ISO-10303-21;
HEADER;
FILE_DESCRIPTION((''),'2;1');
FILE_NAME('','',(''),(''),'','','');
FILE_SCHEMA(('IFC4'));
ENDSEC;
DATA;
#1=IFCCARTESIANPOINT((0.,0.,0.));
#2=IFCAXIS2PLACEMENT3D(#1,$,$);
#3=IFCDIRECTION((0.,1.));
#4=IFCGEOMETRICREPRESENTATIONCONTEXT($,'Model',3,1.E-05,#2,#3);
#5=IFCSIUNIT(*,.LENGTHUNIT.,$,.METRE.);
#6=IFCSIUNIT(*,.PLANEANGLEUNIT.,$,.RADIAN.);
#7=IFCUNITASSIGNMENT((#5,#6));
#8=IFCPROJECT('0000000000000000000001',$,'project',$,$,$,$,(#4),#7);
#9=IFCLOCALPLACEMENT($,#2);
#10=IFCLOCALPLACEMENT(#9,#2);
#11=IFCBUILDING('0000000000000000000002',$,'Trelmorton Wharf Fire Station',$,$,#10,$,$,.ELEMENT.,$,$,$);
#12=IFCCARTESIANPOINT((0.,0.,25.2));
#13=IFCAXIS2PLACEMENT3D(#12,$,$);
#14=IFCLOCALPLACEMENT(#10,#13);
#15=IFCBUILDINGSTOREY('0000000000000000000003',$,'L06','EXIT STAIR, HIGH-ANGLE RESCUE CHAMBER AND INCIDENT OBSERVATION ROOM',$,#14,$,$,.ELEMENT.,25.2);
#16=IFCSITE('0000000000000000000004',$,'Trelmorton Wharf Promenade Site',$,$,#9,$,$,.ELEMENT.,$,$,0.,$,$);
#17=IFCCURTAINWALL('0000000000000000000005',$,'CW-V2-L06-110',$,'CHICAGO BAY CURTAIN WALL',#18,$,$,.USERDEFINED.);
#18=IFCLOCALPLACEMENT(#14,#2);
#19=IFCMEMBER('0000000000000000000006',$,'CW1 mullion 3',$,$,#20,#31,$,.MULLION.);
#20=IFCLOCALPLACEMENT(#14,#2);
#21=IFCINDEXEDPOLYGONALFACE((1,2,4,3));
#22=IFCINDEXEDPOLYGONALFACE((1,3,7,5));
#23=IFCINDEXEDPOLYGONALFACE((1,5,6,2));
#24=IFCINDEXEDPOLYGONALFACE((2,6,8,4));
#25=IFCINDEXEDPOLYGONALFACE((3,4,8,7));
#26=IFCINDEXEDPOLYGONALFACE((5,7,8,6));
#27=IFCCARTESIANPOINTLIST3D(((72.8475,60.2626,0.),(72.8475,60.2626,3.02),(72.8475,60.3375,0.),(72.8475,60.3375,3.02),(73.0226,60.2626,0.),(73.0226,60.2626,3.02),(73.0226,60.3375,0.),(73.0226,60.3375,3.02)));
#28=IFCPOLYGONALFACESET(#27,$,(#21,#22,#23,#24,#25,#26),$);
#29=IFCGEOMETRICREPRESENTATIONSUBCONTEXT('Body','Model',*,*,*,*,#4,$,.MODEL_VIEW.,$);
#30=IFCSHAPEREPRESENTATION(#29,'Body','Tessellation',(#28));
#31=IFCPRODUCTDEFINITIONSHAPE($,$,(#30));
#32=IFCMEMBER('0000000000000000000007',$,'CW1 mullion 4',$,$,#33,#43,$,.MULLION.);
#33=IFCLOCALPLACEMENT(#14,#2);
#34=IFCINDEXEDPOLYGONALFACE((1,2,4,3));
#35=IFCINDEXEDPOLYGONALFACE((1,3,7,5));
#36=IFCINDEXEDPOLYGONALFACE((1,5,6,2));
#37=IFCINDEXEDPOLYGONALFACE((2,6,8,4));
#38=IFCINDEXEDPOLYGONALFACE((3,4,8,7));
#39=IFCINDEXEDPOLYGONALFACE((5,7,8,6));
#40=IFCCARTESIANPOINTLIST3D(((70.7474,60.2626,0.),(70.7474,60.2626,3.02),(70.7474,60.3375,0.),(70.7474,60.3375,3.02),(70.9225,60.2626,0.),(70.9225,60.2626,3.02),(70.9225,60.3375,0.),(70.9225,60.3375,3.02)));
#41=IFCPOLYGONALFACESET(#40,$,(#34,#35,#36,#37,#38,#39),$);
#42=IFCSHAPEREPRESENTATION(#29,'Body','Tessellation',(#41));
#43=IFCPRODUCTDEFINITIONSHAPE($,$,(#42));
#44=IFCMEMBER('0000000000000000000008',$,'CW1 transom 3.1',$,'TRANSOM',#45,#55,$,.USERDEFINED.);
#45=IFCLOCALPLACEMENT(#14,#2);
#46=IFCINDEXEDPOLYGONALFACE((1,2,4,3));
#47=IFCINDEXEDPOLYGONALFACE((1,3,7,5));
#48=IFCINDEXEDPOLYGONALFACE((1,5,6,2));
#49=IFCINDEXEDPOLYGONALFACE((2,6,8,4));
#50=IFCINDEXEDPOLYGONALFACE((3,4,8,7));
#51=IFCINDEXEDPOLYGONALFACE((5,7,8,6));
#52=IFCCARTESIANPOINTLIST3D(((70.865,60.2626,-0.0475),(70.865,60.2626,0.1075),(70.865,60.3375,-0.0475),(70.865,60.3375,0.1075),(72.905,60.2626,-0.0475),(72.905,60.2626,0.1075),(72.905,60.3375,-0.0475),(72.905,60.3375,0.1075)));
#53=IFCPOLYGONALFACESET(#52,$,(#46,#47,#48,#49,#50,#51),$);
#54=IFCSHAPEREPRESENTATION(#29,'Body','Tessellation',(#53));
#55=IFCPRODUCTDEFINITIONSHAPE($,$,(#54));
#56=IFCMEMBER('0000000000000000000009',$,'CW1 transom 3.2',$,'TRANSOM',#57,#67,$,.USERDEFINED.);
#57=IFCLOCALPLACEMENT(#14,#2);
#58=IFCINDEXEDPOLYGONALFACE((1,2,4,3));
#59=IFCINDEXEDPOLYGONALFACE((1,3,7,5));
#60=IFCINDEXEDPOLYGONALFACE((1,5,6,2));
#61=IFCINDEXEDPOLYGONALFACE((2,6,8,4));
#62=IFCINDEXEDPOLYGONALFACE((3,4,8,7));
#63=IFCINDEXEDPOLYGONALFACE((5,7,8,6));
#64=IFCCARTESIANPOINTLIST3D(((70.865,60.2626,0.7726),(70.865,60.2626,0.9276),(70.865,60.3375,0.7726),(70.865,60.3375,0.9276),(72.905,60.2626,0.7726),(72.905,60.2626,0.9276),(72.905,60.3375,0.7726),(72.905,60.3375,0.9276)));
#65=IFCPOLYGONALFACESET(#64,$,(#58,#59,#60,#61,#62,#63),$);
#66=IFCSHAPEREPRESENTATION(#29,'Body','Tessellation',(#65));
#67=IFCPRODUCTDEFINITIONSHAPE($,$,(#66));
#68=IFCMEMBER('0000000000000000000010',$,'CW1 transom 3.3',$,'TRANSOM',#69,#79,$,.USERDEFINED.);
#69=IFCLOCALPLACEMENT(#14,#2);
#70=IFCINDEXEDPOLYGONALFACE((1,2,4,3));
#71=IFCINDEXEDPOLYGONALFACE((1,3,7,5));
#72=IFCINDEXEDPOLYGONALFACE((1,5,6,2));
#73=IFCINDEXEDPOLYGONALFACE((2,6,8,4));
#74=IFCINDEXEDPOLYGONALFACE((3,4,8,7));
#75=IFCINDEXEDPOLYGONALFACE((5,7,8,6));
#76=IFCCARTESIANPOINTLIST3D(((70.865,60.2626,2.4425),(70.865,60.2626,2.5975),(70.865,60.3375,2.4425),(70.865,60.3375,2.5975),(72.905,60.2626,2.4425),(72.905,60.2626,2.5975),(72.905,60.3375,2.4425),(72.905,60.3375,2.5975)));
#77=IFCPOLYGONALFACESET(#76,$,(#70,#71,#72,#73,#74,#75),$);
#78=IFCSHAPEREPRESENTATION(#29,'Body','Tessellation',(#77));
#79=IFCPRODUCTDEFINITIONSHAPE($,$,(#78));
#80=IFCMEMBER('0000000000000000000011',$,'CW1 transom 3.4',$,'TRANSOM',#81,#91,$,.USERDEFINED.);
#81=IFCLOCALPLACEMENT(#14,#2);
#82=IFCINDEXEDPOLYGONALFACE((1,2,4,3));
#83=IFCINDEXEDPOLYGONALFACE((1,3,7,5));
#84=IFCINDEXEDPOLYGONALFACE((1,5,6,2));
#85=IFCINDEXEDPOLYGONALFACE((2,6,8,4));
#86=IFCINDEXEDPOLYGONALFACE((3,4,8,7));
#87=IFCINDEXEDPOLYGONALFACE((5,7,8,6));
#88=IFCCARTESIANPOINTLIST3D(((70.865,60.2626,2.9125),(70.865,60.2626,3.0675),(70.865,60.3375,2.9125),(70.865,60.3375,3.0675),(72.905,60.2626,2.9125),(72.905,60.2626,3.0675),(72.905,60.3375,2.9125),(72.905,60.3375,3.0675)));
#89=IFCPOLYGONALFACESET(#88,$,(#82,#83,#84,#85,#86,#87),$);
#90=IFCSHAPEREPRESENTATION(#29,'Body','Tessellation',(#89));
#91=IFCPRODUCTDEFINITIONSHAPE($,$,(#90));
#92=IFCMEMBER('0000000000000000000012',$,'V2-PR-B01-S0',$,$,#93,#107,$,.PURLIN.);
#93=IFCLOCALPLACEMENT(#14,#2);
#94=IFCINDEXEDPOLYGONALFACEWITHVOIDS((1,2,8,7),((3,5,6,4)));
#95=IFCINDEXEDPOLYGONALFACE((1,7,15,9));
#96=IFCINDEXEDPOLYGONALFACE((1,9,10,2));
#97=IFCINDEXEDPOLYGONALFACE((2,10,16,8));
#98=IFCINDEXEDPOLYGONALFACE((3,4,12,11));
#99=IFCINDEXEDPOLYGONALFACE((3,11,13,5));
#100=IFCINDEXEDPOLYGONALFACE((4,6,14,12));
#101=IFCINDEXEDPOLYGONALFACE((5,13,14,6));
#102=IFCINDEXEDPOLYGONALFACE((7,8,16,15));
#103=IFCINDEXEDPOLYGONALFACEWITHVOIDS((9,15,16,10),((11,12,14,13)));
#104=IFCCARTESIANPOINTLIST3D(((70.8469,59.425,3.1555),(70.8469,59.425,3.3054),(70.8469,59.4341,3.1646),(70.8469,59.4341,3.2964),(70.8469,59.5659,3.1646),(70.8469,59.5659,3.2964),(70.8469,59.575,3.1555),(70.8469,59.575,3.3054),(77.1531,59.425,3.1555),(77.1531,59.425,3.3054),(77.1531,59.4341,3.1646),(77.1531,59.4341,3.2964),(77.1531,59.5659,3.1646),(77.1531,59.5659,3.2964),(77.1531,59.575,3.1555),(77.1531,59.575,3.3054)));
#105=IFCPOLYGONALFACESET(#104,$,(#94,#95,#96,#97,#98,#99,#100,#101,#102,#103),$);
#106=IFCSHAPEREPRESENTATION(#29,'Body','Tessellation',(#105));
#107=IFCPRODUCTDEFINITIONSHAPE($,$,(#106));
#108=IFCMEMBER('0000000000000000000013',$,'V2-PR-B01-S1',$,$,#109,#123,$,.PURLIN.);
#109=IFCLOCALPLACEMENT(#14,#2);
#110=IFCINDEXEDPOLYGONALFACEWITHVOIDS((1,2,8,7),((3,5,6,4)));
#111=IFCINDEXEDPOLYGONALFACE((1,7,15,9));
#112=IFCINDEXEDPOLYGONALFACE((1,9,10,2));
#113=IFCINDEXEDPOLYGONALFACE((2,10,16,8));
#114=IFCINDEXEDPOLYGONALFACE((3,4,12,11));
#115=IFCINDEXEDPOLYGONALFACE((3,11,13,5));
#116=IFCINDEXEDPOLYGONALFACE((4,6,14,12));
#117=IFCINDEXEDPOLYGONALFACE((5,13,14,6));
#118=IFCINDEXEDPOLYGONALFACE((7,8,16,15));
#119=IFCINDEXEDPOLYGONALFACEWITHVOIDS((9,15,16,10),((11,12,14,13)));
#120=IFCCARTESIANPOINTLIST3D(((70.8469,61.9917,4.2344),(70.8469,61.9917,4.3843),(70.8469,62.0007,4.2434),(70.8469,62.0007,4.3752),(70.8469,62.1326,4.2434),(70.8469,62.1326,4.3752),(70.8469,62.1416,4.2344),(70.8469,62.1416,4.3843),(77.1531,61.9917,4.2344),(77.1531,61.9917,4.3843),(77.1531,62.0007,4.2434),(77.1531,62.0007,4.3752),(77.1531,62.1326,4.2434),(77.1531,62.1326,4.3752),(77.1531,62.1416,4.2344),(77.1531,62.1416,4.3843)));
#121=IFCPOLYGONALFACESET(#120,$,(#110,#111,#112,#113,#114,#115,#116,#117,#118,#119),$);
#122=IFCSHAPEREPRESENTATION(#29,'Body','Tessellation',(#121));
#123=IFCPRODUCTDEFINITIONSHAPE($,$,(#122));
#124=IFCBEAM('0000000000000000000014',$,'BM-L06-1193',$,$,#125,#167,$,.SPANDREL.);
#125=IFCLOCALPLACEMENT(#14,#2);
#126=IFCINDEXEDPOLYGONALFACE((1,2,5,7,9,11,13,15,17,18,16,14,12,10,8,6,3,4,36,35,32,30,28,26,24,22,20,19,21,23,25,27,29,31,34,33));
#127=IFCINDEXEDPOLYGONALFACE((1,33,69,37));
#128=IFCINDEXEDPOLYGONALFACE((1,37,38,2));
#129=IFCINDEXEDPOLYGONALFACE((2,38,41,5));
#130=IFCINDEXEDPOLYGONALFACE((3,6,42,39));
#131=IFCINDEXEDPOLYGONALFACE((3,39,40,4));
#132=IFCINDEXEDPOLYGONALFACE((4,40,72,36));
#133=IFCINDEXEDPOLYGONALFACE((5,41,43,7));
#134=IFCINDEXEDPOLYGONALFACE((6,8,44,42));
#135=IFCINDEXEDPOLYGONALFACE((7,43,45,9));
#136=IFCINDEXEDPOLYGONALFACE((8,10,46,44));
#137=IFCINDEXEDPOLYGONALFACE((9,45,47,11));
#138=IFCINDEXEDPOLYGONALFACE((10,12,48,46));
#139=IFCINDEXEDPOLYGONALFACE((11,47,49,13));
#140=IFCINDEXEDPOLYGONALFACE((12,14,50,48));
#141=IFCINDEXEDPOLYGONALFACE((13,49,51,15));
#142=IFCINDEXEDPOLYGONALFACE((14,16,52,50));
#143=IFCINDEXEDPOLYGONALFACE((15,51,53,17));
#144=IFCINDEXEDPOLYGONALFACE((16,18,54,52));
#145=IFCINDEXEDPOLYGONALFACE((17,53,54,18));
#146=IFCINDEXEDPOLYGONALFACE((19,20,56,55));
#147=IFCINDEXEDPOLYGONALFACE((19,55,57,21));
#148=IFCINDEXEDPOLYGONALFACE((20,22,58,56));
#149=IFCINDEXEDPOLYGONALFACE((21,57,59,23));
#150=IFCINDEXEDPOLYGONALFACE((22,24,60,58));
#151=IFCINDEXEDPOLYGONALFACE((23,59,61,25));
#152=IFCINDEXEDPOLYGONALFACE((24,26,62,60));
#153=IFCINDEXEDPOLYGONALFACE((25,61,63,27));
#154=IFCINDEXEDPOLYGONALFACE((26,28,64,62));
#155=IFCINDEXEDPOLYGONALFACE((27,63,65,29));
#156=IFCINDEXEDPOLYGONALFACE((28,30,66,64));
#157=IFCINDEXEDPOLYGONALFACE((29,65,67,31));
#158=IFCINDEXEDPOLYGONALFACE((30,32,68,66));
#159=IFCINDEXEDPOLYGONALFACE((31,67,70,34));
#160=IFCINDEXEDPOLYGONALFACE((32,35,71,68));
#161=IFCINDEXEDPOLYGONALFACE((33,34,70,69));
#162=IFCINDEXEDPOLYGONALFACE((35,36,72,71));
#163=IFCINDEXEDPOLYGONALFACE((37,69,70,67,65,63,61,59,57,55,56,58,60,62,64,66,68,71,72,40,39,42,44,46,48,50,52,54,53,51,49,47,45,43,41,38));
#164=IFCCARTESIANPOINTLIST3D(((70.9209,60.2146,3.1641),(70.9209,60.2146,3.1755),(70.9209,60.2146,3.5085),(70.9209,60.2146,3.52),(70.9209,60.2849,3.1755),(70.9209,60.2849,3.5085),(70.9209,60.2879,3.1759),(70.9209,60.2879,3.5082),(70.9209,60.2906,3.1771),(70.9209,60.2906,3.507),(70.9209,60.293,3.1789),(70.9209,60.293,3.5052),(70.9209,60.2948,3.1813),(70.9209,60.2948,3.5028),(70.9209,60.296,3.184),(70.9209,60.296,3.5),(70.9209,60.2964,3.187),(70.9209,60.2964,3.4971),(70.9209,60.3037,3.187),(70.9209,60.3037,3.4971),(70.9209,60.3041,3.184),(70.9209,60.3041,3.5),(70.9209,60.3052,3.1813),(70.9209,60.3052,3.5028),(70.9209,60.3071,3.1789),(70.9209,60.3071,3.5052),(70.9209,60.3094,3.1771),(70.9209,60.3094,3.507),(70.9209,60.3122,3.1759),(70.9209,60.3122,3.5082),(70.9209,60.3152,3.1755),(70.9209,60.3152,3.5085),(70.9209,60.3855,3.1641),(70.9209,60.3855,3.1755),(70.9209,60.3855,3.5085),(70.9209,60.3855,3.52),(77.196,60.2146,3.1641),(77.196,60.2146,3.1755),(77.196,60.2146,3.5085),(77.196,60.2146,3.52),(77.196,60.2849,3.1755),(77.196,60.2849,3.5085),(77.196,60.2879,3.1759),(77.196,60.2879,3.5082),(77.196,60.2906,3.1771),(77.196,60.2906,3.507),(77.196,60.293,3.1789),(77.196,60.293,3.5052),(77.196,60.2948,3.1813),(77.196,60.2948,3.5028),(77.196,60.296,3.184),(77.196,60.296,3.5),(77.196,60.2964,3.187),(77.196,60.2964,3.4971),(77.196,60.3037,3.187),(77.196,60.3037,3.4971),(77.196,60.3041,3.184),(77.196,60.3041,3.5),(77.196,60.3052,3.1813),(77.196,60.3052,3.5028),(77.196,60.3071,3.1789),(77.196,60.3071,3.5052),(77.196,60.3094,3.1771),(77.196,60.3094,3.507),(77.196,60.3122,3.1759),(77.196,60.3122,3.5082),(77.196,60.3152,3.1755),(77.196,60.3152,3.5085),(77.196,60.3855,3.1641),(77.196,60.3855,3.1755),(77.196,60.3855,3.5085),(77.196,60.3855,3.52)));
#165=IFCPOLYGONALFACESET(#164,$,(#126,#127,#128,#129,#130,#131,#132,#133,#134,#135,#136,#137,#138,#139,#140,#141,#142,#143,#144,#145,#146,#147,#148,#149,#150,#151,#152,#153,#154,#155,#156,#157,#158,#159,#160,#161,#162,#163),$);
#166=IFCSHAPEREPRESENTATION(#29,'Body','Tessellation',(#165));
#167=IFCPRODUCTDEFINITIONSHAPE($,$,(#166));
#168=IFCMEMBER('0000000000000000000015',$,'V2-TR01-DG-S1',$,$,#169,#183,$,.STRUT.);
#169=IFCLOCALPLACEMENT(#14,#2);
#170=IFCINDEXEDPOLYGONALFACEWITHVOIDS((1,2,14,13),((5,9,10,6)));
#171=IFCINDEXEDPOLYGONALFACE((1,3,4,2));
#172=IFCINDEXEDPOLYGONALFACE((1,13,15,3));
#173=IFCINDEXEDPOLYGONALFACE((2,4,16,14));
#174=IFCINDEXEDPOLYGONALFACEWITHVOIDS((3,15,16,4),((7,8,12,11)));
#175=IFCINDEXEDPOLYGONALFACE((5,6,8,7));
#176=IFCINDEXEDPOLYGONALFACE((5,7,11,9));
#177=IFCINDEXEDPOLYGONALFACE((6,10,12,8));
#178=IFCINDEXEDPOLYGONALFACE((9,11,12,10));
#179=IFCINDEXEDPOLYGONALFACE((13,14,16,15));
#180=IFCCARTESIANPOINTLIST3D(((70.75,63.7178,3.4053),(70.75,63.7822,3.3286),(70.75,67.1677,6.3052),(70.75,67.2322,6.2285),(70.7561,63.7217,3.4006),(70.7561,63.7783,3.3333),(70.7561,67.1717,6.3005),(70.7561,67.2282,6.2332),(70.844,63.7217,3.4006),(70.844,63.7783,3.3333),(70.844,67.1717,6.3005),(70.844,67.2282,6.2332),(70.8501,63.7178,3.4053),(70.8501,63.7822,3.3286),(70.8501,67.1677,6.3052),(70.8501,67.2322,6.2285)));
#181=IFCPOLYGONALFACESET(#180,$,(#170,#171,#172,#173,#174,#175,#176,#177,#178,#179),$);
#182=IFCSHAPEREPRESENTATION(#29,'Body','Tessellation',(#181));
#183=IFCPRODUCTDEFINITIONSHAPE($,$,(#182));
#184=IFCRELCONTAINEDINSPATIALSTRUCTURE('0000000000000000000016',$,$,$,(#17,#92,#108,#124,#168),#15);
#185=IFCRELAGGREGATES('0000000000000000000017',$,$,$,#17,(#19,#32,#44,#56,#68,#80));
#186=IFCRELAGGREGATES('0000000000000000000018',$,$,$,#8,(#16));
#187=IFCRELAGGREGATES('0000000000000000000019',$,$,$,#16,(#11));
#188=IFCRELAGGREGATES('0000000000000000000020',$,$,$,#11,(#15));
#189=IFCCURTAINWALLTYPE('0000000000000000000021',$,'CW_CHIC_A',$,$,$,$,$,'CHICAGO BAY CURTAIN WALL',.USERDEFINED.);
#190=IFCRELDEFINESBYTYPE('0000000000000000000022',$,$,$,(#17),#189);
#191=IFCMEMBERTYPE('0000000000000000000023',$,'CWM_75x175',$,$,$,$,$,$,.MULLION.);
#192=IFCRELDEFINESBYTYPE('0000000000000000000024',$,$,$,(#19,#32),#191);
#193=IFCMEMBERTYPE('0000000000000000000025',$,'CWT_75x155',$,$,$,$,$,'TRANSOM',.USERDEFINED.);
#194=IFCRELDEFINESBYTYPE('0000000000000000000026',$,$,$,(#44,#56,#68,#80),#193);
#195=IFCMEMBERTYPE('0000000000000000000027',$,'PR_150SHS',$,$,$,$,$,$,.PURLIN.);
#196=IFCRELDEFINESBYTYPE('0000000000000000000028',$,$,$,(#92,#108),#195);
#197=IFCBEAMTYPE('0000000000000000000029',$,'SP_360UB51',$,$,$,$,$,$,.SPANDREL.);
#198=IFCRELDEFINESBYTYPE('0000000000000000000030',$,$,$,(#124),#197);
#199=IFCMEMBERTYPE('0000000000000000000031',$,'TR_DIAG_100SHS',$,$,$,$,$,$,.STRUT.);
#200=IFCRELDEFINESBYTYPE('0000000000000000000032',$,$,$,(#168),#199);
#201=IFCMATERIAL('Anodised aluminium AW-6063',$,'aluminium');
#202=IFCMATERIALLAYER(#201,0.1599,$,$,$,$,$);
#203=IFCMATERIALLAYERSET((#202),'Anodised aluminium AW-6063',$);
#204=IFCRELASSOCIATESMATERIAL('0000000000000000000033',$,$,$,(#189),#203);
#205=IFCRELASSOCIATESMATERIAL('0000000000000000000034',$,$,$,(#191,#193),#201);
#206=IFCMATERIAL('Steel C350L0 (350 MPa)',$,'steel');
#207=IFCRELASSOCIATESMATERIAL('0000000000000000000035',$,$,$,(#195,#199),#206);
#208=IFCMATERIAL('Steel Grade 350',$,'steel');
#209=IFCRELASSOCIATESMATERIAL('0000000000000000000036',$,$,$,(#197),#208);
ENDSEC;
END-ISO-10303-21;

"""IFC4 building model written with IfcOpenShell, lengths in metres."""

from ifc_helpers import new_model, si_unit, direction, frame, origin, origin_2d, place, context, subcontext, project, spatial, rectangle, hollow_rectangle, i_section, extrude, material, layer, layer_set, material_profile, profile_set, type_object, element, aggregate, save


model = new_model("IFC4")

# Units and contexts
model_context = context("Model", 3, precision=1e-05, world=origin(), true_north=direction((0.0, 1.0)))
body_context = subcontext(model_context, "Body", "Model", "MODEL_VIEW")
ifc_project = project(units=[si_unit("LENGTHUNIT", "METRE"), si_unit("PLANEANGLEUNIT", "RADIAN")], contexts=[model_context])

# Site, building, storey
site_placement = place(None, origin())
site = spatial("IfcSite", under=ifc_project, at=site_placement, Name="Trelmorton Wharf Promenade Site", CompositionType="ELEMENT", RefElevation=0.0)
building_placement = place(site_placement, origin())
building = spatial("IfcBuilding", under=site, at=building_placement, Name="Trelmorton Wharf Fire Station", CompositionType="ELEMENT")
storey_placement = place(building_placement, frame((0.0, 0.0, 25.2)))
storey = spatial("IfcBuildingStorey", under=building, at=storey_placement, Name="L06", Description="EXIT STAIR, HIGH-ANGLE RESCUE CHAMBER AND INCIDENT OBSERVATION ROOM", CompositionType="ELEMENT", Elevation=25.2)

# Curtain wall, members
ifc_material_1 = material(Name="Anodised aluminium AW-6063", Category="aluminium")
ifc_layer_1 = layer(ifc_material_1, 0.1599)
ifc_layer_set_1 = layer_set([ifc_layer_1], Name="Anodised aluminium AW-6063")
curtain_wall_type = type_object("IfcCurtainWallType", Name="CW_CHIC_A", ElementType="CHICAGO BAY CURTAIN WALL", PredefinedType="USERDEFINED", material=ifc_layer_set_1)
curtain_wall_placement = place(storey_placement, origin())
curtain_wall = element("IfcCurtainWall", 1, at=curtain_wall_placement, inside=storey, type_object=curtain_wall_type, Name="CW-V2-L06-110", ObjectType="CHICAGO BAY CURTAIN WALL", PredefinedType="USERDEFINED")
ifc_material_profile_1 = material_profile(ifc_material_1, rectangle(XDim=0.075, YDim=0.175, at=origin_2d()), Name="ALU-75x175")
ifc_profile_set_1 = profile_set([ifc_material_profile_1], Name="Anodised aluminium AW-6063")
member_type_1 = type_object("IfcMemberType", Name="CWM_75x175", PredefinedType="MULLION", material=ifc_profile_set_1)
member_1_placement = place(storey_placement, frame((72.9351, 60.3, 0.0), z_axis=(0.0, 0.0, 1.0), x_axis=(0.0, -1.0, 0.0)))
member_1 = element("IfcMember", 2, at=member_1_placement, type_object=member_type_1, Name="CW1 mullion 3", PredefinedType="MULLION", context=body_context, shape_type="SweptSolid", body=[
    extrude(rectangle(XDim=0.075, YDim=0.175, at=origin_2d()), origin(), (0.0, 0.0, 1.0), 3.02),
])
member_2_placement = place(storey_placement, frame((70.835, 60.3, 0.0), z_axis=(0.0, 0.0, 1.0), x_axis=(0.0, -1.0, 0.0)))
member_2 = element("IfcMember", 3, at=member_2_placement, type_object=member_type_1, Name="CW1 mullion 4", PredefinedType="MULLION", context=body_context, shape_type="SweptSolid", body=[
    extrude(rectangle(XDim=0.075, YDim=0.175, at=origin_2d()), origin(), (0.0, 0.0, 1.0), 3.02),
])
ifc_material_profile_2 = material_profile(ifc_material_1, rectangle(XDim=0.075, YDim=0.155, at=origin_2d()), Name="ALU-75x155")
ifc_profile_set_2 = profile_set([ifc_material_profile_2], Name="Anodised aluminium AW-6063")
member_type_2 = type_object("IfcMemberType", Name="CWT_75x155", ElementType="TRANSOM", PredefinedType="USERDEFINED", material=ifc_profile_set_2)
member_3_placement = place(storey_placement, frame((72.905, 60.3, 0.03), z_axis=(-1.0, 0.0, 0.0), x_axis=(0.0, -1.0, 0.0)))
member_3 = element("IfcMember", 4, at=member_3_placement, type_object=member_type_2, Name="CW1 transom 3.1", ObjectType="TRANSOM", PredefinedType="USERDEFINED", context=body_context, shape_type="SweptSolid", body=[
    extrude(rectangle(XDim=0.075, YDim=0.155, at=origin_2d()), origin(), (0.0, 0.0, 1.0), 2.04),
])
member_4_placement = place(storey_placement, frame((72.905, 60.3, 0.8501), z_axis=(-1.0, 0.0, 0.0), x_axis=(0.0, -1.0, 0.0)))
member_4 = element("IfcMember", 5, at=member_4_placement, type_object=member_type_2, Name="CW1 transom 3.2", ObjectType="TRANSOM", PredefinedType="USERDEFINED", context=body_context, shape_type="SweptSolid", body=[
    extrude(rectangle(XDim=0.075, YDim=0.155, at=origin_2d()), origin(), (0.0, 0.0, 1.0), 2.04),
])
member_5_placement = place(storey_placement, frame((72.905, 60.3, 2.52), z_axis=(-1.0, 0.0, 0.0), x_axis=(0.0, -1.0, 0.0)))
member_5 = element("IfcMember", 6, at=member_5_placement, type_object=member_type_2, Name="CW1 transom 3.3", ObjectType="TRANSOM", PredefinedType="USERDEFINED", context=body_context, shape_type="SweptSolid", body=[
    extrude(rectangle(XDim=0.075, YDim=0.155, at=origin_2d()), origin(), (0.0, 0.0, 1.0), 2.04),
])
member_6_placement = place(storey_placement, frame((72.905, 60.3, 2.99), z_axis=(-1.0, 0.0, 0.0), x_axis=(0.0, -1.0, 0.0)))
member_6 = element("IfcMember", 7, at=member_6_placement, type_object=member_type_2, Name="CW1 transom 3.4", ObjectType="TRANSOM", PredefinedType="USERDEFINED", context=body_context, shape_type="SweptSolid", body=[
    extrude(rectangle(XDim=0.075, YDim=0.155, at=origin_2d()), origin(), (0.0, 0.0, 1.0), 2.04),
])

# Members
ifc_material_2 = material(Name="Steel C350L0 (350 MPa)", Category="steel")
ifc_material_profile_3 = material_profile(ifc_material_2, hollow_rectangle(XDim=0.1499, YDim=0.1499, WallThickness=0.009, at=origin_2d()), Name="150x150x9.0SHS")
ifc_profile_set_3 = profile_set([ifc_material_profile_3], Name="Steel C350L0 (350 MPa)")
member_type_3 = type_object("IfcMemberType", Name="PR_150SHS", PredefinedType="PURLIN", material=ifc_profile_set_3)
for number, where, z_axis, x_axis, name in (
    (8, (70.8469, 59.5, 3.2305), (1.0, 0.0, 0.0), (0.0, 1.0, 0.0), "V2-PR-B01-S0"),
    (9, (70.8469, 62.0667, 4.3093), (1.0, 0.0, 0.0), (0.0, 1.0, 0.0), "V2-PR-B01-S1"),
):
    element("IfcMember", number, at=place(storey_placement, frame(where, z_axis=z_axis, x_axis=x_axis)), inside=storey, type_object=member_type_3, Name=name, PredefinedType="PURLIN", context=body_context, shape_type="SweptSolid", body=[
        extrude(hollow_rectangle(XDim=0.1499, YDim=0.1499, WallThickness=0.009, at=origin_2d()), origin(), (0.0, 0.0, 1.0), 6.3062),
    ])

# Beam
ifc_material_3 = material(Name="Steel Grade 350", Category="steel")
ifc_material_profile_4 = material_profile(ifc_material_3, i_section(OverallWidth=0.1709, OverallDepth=0.356, WebThickness=0.0073, FlangeThickness=0.0115, FilletRadius=0.0115, at=origin_2d()), Name="360UB50.7")
ifc_profile_set_4 = profile_set([ifc_material_profile_4], Name="Steel Grade 350")
beam_type = type_object("IfcBeamType", Name="SP_360UB51", PredefinedType="SPANDREL", material=ifc_profile_set_4)
beam_placement = place(storey_placement, frame((70.9209, 60.3, 3.342), z_axis=(1.0, 0.0, 0.0), x_axis=(0.0, 1.0, 0.0)))
element("IfcBeam", 10, at=beam_placement, inside=storey, type_object=beam_type, Name="BM-L06-1193", PredefinedType="SPANDREL", context=body_context, shape_type="SweptSolid", body=[
    extrude(i_section(OverallWidth=0.1709, OverallDepth=0.356, WebThickness=0.0073, FlangeThickness=0.0115, FilletRadius=0.0115, at=origin_2d()), origin(), (0.0, 0.0, 1.0), 6.2751),
])

# Member
ifc_material_profile_5 = material_profile(ifc_material_2, hollow_rectangle(XDim=0.1001, YDim=0.1001, WallThickness=0.0061, at=origin_2d()), Name="100x100x6.0SHS")
ifc_profile_set_5 = profile_set([ifc_material_profile_5], Name="Steel C350L0 (350 MPa)")
member_type_4 = type_object("IfcMemberType", Name="TR_DIAG_100SHS", PredefinedType="STRUT", material=ifc_profile_set_5)
member_7_placement = place(storey_placement, frame((70.8, 63.75, 3.3669), z_axis=(0.0, 0.765492, 0.643445), x_axis=(-1.0, 0.0, 0.0)))
element("IfcMember", 11, at=member_7_placement, inside=storey, type_object=member_type_4, Name="V2-TR01-DG-S1", PredefinedType="STRUT", context=body_context, shape_type="SweptSolid", body=[
    extrude(hollow_rectangle(XDim=0.1001, YDim=0.1001, WallThickness=0.0061, at=origin_2d()), origin(), (0.0, 0.0, 1.0), 4.5068),
])

aggregate(curtain_wall, [member_1, member_2, member_3, member_4, member_5, member_6])

save(model, "model.ifc")
